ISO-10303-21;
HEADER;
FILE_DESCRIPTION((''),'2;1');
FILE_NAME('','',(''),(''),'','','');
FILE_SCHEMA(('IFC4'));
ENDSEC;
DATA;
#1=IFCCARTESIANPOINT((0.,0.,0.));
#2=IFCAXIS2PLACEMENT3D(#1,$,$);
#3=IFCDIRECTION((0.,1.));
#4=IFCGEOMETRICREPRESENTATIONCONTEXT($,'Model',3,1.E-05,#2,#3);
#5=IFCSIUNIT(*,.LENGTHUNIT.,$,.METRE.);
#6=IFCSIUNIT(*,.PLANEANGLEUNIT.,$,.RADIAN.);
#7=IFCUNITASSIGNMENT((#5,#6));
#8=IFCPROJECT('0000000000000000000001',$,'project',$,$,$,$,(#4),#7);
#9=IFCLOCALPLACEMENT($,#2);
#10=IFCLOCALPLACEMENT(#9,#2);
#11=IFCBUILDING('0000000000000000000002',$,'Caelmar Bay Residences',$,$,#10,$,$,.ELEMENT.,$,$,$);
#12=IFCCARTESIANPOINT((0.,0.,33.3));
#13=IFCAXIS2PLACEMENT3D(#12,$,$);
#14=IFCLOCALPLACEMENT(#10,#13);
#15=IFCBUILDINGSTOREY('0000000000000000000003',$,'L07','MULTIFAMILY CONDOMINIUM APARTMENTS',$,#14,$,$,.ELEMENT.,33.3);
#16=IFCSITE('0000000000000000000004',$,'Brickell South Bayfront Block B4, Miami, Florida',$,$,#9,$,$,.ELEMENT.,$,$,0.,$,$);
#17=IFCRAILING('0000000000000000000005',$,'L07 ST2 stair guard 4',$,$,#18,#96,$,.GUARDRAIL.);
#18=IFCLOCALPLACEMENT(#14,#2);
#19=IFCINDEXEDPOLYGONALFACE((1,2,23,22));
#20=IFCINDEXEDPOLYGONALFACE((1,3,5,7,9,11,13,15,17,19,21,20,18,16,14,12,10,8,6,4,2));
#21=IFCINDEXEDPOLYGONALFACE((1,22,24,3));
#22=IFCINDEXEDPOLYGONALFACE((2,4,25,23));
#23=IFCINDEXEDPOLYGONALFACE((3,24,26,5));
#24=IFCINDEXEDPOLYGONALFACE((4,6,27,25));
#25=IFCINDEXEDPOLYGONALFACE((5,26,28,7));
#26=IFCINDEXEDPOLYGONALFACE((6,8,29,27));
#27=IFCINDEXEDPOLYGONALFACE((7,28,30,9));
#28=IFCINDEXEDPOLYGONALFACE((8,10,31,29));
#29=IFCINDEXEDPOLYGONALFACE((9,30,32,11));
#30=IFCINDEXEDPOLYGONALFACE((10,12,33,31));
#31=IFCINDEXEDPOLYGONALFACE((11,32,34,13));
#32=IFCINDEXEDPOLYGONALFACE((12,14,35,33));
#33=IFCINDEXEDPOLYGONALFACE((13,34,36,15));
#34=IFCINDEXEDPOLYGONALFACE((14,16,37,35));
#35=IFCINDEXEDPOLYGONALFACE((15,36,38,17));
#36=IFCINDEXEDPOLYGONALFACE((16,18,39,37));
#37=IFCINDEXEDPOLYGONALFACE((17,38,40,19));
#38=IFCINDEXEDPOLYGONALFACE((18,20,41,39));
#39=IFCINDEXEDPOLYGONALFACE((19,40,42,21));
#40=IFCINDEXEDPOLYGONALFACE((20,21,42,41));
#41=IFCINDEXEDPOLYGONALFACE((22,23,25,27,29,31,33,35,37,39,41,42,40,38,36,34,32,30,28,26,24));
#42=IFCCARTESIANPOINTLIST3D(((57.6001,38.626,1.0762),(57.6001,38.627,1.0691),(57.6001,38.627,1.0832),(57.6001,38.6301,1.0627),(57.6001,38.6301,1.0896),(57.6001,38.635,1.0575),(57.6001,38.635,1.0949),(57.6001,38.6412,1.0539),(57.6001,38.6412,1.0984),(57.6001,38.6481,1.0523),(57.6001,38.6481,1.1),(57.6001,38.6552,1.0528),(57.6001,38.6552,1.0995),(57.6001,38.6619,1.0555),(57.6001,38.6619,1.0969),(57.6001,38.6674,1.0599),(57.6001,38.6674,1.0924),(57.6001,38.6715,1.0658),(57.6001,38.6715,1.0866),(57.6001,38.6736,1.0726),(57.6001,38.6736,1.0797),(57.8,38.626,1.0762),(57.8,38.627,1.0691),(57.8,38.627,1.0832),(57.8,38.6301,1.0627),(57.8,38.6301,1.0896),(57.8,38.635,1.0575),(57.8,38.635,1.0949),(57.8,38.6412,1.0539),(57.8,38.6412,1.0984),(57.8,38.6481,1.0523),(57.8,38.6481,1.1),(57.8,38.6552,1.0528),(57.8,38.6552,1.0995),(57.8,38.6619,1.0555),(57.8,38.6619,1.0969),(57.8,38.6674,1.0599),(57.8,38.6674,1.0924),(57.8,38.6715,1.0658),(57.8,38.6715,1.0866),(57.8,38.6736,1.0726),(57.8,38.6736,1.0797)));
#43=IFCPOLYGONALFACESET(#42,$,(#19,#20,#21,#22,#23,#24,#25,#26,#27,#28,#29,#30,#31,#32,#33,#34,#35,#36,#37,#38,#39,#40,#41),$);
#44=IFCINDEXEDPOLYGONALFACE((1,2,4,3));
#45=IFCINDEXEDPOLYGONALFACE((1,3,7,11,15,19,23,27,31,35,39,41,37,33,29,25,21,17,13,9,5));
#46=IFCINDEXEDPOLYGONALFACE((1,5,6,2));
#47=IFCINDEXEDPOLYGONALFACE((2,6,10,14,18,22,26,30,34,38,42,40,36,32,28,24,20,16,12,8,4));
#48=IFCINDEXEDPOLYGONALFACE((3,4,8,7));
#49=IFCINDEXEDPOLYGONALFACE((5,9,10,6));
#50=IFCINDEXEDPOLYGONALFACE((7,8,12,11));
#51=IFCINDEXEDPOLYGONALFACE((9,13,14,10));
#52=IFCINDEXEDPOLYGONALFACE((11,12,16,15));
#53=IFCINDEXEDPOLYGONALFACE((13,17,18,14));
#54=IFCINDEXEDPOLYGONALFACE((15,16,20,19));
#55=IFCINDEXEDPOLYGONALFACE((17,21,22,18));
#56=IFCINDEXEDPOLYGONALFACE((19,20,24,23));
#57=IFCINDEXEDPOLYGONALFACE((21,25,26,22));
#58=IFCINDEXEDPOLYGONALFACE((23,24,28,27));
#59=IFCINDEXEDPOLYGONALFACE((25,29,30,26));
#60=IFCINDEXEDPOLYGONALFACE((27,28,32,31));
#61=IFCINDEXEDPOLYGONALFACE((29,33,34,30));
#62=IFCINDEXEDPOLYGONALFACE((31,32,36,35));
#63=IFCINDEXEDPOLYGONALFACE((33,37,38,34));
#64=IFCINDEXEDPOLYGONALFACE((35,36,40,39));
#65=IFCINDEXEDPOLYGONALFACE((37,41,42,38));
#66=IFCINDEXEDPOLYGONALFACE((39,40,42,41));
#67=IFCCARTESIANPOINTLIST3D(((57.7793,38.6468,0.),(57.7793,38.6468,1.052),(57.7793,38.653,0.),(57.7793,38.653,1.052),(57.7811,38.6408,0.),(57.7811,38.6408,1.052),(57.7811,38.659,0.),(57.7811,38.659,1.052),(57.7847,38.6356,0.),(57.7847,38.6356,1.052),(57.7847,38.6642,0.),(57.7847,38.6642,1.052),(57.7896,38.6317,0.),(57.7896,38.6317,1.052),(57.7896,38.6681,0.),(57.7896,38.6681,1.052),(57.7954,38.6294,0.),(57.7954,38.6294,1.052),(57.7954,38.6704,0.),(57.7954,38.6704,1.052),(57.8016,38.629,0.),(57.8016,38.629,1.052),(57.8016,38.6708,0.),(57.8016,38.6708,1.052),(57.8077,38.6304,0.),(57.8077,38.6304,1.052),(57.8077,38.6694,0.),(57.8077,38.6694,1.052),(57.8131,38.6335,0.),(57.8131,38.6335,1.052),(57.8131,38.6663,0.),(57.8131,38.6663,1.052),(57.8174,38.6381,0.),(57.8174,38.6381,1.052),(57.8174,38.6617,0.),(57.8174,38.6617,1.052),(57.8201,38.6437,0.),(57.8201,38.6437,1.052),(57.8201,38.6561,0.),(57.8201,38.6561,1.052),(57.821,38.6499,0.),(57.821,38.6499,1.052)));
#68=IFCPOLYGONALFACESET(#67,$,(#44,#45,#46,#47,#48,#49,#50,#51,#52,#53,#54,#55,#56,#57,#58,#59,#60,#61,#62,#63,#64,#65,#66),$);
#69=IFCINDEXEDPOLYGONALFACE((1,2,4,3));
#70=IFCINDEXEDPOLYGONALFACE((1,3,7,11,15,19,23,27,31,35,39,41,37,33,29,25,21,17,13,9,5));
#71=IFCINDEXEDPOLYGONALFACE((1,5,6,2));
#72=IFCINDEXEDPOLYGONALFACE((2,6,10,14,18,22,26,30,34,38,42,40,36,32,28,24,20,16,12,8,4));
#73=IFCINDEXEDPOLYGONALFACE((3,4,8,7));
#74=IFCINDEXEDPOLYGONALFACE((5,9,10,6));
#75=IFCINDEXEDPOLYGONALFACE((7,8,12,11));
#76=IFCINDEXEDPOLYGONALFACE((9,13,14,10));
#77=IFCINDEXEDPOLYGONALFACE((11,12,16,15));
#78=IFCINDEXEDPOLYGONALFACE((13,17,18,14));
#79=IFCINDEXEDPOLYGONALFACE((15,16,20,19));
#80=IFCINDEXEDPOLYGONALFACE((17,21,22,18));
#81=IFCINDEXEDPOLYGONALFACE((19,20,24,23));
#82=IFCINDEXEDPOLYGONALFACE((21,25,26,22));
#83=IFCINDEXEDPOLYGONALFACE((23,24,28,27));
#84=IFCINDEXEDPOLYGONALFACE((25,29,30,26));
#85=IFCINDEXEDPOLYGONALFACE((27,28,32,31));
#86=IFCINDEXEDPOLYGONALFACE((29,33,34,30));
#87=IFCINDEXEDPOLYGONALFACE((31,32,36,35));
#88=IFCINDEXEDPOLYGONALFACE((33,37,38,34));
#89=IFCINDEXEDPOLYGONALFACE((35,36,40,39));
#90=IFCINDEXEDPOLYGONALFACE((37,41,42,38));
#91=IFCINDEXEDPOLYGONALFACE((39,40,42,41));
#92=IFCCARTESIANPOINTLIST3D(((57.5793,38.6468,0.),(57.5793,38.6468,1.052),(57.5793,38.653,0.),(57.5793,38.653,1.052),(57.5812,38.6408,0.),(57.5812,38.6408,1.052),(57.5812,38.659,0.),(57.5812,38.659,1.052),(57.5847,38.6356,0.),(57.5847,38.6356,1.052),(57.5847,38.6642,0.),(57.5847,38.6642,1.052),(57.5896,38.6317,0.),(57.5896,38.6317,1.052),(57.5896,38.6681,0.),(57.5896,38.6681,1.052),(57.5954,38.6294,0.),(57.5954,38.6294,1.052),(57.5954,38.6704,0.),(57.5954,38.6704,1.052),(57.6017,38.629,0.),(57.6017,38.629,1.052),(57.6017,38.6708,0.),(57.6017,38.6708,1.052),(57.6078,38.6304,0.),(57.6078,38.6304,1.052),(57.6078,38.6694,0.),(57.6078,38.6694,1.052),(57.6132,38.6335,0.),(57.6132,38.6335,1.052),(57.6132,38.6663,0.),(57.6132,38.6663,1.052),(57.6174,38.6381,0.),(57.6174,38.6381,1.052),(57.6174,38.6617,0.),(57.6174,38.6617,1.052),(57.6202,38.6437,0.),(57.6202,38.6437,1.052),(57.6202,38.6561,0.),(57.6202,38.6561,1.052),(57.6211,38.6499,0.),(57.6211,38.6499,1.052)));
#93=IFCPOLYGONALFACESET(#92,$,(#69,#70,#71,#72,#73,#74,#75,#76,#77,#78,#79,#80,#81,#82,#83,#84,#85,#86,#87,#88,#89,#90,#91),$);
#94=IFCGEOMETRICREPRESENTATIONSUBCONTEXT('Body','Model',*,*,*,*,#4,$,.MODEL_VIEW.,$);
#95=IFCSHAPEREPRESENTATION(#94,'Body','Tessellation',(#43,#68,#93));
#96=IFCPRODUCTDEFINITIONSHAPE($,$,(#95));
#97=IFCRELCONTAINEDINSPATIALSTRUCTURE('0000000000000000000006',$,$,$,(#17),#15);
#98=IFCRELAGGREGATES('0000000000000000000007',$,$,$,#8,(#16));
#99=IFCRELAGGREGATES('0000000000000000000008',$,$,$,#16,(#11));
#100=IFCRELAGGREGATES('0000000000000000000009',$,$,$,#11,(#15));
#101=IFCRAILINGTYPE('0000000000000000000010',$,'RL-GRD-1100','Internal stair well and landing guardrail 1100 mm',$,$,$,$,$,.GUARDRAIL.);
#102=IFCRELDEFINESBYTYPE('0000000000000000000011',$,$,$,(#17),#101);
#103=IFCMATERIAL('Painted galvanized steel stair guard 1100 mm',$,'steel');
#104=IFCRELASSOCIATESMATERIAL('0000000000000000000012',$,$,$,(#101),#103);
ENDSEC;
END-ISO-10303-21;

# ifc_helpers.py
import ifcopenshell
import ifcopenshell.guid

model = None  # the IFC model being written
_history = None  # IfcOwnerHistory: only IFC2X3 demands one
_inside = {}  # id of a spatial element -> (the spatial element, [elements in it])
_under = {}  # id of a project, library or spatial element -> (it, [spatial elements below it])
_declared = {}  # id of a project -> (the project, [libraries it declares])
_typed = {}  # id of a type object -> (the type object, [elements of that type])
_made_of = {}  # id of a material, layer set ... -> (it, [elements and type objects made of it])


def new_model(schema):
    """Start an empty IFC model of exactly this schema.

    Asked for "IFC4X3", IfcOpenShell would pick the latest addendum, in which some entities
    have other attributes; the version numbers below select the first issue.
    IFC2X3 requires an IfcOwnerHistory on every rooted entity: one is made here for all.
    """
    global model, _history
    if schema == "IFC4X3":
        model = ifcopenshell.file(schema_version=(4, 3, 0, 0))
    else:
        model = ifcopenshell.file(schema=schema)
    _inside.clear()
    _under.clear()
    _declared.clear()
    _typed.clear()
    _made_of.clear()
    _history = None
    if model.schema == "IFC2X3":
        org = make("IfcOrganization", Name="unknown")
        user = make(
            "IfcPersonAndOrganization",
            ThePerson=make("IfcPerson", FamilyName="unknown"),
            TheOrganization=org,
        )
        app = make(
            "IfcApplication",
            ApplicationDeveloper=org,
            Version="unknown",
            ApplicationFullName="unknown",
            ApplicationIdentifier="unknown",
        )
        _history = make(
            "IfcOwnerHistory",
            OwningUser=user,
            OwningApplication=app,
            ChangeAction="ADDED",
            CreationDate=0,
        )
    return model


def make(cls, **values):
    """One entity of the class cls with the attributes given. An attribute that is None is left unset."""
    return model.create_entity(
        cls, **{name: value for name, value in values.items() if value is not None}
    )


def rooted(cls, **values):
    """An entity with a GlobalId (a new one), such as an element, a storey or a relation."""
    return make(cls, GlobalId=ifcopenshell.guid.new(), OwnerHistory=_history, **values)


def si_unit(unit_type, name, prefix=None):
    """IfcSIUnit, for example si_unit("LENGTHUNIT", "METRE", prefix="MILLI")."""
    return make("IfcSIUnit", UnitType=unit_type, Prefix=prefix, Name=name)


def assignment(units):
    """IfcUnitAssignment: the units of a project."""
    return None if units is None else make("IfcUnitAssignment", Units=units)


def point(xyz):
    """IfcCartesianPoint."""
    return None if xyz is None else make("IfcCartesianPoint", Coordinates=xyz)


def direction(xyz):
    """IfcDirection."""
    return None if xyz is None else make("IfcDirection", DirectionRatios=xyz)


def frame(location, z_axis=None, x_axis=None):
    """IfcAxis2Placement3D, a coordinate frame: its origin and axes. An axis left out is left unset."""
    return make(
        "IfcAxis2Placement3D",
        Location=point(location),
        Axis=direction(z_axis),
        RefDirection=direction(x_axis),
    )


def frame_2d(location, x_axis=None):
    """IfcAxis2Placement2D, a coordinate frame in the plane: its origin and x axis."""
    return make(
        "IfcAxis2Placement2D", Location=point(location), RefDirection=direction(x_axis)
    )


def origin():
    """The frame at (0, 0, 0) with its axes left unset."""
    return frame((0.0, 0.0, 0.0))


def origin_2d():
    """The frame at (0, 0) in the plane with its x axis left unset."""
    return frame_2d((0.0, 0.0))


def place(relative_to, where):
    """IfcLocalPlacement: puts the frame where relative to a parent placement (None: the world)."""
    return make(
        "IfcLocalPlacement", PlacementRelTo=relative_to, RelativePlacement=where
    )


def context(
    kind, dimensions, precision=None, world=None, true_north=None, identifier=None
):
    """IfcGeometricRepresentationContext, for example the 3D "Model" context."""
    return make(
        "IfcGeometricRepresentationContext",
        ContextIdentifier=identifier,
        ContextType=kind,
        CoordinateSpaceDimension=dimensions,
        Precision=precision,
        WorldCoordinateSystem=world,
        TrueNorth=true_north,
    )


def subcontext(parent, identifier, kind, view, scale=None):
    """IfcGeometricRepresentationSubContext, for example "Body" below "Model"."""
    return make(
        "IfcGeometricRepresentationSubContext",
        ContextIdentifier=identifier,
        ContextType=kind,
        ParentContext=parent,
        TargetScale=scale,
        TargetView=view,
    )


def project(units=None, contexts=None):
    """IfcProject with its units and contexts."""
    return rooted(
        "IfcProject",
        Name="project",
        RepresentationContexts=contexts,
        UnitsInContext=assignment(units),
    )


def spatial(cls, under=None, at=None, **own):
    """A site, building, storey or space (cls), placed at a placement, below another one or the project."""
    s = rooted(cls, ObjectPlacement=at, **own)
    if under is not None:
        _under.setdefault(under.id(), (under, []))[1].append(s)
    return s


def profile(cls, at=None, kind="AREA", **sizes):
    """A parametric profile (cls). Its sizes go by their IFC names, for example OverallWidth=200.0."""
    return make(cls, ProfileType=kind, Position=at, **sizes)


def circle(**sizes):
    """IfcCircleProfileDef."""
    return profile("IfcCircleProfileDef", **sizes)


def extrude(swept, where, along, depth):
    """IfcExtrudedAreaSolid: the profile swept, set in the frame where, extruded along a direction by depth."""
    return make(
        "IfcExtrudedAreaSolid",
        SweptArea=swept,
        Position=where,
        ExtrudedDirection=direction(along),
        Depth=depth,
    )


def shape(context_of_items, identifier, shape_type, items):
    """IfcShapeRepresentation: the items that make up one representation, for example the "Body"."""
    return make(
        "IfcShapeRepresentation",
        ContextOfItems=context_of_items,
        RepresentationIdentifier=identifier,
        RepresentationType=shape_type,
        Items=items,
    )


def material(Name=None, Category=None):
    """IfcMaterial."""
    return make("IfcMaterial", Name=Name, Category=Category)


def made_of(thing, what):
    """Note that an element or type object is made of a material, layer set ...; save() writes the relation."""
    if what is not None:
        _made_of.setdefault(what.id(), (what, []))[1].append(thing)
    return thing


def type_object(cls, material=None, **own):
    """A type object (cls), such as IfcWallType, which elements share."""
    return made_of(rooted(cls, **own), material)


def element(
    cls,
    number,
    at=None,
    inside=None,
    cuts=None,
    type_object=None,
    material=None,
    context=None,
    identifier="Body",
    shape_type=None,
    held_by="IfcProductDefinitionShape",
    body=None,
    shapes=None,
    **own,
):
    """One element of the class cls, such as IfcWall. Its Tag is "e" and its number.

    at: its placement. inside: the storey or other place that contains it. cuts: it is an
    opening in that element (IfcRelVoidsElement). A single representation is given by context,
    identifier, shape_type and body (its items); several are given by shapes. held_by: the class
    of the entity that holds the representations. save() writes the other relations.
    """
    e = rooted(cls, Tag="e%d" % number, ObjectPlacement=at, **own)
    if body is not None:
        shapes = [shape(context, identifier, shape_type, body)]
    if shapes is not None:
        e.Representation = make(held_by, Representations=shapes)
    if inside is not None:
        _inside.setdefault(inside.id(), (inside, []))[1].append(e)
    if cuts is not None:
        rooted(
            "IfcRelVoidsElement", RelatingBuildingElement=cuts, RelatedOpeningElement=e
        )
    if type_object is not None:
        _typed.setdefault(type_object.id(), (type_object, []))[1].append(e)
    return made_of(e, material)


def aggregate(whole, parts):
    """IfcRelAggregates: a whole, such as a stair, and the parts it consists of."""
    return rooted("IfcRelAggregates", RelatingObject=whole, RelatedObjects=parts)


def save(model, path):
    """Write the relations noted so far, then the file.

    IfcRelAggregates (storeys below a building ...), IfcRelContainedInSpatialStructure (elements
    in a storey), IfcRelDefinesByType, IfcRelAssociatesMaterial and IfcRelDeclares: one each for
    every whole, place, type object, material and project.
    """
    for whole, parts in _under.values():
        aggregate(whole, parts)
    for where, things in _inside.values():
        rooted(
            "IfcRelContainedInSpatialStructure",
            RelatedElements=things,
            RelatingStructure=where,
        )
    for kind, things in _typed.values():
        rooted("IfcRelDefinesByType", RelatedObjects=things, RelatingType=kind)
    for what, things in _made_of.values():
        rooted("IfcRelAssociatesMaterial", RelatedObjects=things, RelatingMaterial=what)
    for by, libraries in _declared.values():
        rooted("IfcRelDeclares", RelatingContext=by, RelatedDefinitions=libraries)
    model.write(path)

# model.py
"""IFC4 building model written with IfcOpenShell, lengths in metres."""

from ifc_helpers import new_model, si_unit, direction, frame, origin, origin_2d, place, context, subcontext, project, spatial, circle, extrude, material, type_object, element, save


model = new_model("IFC4")

# Units and contexts
model_context = context("Model", 3, precision=1e-05, world=origin(), true_north=direction((0.0, 1.0)))
body_context = subcontext(model_context, "Body", "Model", "MODEL_VIEW")
ifc_project = project(units=[si_unit("LENGTHUNIT", "METRE"), si_unit("PLANEANGLEUNIT", "RADIAN")], contexts=[model_context])

# Site, building, storey
site_placement = place(None, origin())
site = spatial("IfcSite", under=ifc_project, at=site_placement, Name="Brickell South Bayfront Block B4, Miami, Florida", CompositionType="ELEMENT", RefElevation=0.0)
building_placement = place(site_placement, origin())
building = spatial("IfcBuilding", under=site, at=building_placement, Name="Caelmar Bay Residences", CompositionType="ELEMENT")
storey_placement = place(building_placement, frame((0.0, 0.0, 33.3)))
storey = spatial("IfcBuildingStorey", under=building, at=storey_placement, Name="L07", Description="MULTIFAMILY CONDOMINIUM APARTMENTS", CompositionType="ELEMENT", Elevation=33.3)

# Railing
ifc_material_1 = material(Name="Painted galvanized steel stair guard 1100 mm", Category="steel")
railing_type_1 = type_object("IfcRailingType", Name="RL-GRD-1100", Description="Internal stair well and landing guardrail 1100 mm", PredefinedType="GUARDRAIL", material=ifc_material_1)
railing_1_placement = place(storey_placement, frame((57.8, 38.6499, 0.0)))
element("IfcRailing", 1, at=railing_1_placement, inside=storey, type_object=railing_type_1, Name="L07 ST2 stair guard 4", PredefinedType="GUARDRAIL", context=body_context, shape_type="SweptSolid", body=[
    extrude(circle(Radius=0.0239, at=origin_2d()), frame((0.0, 0.0, 1.0762), z_axis=(-1.0, 0.0, 0.0), x_axis=(0.0, -1.0, 0.0)), (0.0, 0.0, 1.0), 0.2),
    extrude(circle(Radius=0.021, at=origin_2d()), origin(), (0.0, 0.0, 1.0), 1.052),
    extrude(circle(Radius=0.021, at=origin_2d()), frame((-0.2, 0.0, 0.0)), (0.0, 0.0, 1.0), 1.052),
])

save(model, "model.ifc")
